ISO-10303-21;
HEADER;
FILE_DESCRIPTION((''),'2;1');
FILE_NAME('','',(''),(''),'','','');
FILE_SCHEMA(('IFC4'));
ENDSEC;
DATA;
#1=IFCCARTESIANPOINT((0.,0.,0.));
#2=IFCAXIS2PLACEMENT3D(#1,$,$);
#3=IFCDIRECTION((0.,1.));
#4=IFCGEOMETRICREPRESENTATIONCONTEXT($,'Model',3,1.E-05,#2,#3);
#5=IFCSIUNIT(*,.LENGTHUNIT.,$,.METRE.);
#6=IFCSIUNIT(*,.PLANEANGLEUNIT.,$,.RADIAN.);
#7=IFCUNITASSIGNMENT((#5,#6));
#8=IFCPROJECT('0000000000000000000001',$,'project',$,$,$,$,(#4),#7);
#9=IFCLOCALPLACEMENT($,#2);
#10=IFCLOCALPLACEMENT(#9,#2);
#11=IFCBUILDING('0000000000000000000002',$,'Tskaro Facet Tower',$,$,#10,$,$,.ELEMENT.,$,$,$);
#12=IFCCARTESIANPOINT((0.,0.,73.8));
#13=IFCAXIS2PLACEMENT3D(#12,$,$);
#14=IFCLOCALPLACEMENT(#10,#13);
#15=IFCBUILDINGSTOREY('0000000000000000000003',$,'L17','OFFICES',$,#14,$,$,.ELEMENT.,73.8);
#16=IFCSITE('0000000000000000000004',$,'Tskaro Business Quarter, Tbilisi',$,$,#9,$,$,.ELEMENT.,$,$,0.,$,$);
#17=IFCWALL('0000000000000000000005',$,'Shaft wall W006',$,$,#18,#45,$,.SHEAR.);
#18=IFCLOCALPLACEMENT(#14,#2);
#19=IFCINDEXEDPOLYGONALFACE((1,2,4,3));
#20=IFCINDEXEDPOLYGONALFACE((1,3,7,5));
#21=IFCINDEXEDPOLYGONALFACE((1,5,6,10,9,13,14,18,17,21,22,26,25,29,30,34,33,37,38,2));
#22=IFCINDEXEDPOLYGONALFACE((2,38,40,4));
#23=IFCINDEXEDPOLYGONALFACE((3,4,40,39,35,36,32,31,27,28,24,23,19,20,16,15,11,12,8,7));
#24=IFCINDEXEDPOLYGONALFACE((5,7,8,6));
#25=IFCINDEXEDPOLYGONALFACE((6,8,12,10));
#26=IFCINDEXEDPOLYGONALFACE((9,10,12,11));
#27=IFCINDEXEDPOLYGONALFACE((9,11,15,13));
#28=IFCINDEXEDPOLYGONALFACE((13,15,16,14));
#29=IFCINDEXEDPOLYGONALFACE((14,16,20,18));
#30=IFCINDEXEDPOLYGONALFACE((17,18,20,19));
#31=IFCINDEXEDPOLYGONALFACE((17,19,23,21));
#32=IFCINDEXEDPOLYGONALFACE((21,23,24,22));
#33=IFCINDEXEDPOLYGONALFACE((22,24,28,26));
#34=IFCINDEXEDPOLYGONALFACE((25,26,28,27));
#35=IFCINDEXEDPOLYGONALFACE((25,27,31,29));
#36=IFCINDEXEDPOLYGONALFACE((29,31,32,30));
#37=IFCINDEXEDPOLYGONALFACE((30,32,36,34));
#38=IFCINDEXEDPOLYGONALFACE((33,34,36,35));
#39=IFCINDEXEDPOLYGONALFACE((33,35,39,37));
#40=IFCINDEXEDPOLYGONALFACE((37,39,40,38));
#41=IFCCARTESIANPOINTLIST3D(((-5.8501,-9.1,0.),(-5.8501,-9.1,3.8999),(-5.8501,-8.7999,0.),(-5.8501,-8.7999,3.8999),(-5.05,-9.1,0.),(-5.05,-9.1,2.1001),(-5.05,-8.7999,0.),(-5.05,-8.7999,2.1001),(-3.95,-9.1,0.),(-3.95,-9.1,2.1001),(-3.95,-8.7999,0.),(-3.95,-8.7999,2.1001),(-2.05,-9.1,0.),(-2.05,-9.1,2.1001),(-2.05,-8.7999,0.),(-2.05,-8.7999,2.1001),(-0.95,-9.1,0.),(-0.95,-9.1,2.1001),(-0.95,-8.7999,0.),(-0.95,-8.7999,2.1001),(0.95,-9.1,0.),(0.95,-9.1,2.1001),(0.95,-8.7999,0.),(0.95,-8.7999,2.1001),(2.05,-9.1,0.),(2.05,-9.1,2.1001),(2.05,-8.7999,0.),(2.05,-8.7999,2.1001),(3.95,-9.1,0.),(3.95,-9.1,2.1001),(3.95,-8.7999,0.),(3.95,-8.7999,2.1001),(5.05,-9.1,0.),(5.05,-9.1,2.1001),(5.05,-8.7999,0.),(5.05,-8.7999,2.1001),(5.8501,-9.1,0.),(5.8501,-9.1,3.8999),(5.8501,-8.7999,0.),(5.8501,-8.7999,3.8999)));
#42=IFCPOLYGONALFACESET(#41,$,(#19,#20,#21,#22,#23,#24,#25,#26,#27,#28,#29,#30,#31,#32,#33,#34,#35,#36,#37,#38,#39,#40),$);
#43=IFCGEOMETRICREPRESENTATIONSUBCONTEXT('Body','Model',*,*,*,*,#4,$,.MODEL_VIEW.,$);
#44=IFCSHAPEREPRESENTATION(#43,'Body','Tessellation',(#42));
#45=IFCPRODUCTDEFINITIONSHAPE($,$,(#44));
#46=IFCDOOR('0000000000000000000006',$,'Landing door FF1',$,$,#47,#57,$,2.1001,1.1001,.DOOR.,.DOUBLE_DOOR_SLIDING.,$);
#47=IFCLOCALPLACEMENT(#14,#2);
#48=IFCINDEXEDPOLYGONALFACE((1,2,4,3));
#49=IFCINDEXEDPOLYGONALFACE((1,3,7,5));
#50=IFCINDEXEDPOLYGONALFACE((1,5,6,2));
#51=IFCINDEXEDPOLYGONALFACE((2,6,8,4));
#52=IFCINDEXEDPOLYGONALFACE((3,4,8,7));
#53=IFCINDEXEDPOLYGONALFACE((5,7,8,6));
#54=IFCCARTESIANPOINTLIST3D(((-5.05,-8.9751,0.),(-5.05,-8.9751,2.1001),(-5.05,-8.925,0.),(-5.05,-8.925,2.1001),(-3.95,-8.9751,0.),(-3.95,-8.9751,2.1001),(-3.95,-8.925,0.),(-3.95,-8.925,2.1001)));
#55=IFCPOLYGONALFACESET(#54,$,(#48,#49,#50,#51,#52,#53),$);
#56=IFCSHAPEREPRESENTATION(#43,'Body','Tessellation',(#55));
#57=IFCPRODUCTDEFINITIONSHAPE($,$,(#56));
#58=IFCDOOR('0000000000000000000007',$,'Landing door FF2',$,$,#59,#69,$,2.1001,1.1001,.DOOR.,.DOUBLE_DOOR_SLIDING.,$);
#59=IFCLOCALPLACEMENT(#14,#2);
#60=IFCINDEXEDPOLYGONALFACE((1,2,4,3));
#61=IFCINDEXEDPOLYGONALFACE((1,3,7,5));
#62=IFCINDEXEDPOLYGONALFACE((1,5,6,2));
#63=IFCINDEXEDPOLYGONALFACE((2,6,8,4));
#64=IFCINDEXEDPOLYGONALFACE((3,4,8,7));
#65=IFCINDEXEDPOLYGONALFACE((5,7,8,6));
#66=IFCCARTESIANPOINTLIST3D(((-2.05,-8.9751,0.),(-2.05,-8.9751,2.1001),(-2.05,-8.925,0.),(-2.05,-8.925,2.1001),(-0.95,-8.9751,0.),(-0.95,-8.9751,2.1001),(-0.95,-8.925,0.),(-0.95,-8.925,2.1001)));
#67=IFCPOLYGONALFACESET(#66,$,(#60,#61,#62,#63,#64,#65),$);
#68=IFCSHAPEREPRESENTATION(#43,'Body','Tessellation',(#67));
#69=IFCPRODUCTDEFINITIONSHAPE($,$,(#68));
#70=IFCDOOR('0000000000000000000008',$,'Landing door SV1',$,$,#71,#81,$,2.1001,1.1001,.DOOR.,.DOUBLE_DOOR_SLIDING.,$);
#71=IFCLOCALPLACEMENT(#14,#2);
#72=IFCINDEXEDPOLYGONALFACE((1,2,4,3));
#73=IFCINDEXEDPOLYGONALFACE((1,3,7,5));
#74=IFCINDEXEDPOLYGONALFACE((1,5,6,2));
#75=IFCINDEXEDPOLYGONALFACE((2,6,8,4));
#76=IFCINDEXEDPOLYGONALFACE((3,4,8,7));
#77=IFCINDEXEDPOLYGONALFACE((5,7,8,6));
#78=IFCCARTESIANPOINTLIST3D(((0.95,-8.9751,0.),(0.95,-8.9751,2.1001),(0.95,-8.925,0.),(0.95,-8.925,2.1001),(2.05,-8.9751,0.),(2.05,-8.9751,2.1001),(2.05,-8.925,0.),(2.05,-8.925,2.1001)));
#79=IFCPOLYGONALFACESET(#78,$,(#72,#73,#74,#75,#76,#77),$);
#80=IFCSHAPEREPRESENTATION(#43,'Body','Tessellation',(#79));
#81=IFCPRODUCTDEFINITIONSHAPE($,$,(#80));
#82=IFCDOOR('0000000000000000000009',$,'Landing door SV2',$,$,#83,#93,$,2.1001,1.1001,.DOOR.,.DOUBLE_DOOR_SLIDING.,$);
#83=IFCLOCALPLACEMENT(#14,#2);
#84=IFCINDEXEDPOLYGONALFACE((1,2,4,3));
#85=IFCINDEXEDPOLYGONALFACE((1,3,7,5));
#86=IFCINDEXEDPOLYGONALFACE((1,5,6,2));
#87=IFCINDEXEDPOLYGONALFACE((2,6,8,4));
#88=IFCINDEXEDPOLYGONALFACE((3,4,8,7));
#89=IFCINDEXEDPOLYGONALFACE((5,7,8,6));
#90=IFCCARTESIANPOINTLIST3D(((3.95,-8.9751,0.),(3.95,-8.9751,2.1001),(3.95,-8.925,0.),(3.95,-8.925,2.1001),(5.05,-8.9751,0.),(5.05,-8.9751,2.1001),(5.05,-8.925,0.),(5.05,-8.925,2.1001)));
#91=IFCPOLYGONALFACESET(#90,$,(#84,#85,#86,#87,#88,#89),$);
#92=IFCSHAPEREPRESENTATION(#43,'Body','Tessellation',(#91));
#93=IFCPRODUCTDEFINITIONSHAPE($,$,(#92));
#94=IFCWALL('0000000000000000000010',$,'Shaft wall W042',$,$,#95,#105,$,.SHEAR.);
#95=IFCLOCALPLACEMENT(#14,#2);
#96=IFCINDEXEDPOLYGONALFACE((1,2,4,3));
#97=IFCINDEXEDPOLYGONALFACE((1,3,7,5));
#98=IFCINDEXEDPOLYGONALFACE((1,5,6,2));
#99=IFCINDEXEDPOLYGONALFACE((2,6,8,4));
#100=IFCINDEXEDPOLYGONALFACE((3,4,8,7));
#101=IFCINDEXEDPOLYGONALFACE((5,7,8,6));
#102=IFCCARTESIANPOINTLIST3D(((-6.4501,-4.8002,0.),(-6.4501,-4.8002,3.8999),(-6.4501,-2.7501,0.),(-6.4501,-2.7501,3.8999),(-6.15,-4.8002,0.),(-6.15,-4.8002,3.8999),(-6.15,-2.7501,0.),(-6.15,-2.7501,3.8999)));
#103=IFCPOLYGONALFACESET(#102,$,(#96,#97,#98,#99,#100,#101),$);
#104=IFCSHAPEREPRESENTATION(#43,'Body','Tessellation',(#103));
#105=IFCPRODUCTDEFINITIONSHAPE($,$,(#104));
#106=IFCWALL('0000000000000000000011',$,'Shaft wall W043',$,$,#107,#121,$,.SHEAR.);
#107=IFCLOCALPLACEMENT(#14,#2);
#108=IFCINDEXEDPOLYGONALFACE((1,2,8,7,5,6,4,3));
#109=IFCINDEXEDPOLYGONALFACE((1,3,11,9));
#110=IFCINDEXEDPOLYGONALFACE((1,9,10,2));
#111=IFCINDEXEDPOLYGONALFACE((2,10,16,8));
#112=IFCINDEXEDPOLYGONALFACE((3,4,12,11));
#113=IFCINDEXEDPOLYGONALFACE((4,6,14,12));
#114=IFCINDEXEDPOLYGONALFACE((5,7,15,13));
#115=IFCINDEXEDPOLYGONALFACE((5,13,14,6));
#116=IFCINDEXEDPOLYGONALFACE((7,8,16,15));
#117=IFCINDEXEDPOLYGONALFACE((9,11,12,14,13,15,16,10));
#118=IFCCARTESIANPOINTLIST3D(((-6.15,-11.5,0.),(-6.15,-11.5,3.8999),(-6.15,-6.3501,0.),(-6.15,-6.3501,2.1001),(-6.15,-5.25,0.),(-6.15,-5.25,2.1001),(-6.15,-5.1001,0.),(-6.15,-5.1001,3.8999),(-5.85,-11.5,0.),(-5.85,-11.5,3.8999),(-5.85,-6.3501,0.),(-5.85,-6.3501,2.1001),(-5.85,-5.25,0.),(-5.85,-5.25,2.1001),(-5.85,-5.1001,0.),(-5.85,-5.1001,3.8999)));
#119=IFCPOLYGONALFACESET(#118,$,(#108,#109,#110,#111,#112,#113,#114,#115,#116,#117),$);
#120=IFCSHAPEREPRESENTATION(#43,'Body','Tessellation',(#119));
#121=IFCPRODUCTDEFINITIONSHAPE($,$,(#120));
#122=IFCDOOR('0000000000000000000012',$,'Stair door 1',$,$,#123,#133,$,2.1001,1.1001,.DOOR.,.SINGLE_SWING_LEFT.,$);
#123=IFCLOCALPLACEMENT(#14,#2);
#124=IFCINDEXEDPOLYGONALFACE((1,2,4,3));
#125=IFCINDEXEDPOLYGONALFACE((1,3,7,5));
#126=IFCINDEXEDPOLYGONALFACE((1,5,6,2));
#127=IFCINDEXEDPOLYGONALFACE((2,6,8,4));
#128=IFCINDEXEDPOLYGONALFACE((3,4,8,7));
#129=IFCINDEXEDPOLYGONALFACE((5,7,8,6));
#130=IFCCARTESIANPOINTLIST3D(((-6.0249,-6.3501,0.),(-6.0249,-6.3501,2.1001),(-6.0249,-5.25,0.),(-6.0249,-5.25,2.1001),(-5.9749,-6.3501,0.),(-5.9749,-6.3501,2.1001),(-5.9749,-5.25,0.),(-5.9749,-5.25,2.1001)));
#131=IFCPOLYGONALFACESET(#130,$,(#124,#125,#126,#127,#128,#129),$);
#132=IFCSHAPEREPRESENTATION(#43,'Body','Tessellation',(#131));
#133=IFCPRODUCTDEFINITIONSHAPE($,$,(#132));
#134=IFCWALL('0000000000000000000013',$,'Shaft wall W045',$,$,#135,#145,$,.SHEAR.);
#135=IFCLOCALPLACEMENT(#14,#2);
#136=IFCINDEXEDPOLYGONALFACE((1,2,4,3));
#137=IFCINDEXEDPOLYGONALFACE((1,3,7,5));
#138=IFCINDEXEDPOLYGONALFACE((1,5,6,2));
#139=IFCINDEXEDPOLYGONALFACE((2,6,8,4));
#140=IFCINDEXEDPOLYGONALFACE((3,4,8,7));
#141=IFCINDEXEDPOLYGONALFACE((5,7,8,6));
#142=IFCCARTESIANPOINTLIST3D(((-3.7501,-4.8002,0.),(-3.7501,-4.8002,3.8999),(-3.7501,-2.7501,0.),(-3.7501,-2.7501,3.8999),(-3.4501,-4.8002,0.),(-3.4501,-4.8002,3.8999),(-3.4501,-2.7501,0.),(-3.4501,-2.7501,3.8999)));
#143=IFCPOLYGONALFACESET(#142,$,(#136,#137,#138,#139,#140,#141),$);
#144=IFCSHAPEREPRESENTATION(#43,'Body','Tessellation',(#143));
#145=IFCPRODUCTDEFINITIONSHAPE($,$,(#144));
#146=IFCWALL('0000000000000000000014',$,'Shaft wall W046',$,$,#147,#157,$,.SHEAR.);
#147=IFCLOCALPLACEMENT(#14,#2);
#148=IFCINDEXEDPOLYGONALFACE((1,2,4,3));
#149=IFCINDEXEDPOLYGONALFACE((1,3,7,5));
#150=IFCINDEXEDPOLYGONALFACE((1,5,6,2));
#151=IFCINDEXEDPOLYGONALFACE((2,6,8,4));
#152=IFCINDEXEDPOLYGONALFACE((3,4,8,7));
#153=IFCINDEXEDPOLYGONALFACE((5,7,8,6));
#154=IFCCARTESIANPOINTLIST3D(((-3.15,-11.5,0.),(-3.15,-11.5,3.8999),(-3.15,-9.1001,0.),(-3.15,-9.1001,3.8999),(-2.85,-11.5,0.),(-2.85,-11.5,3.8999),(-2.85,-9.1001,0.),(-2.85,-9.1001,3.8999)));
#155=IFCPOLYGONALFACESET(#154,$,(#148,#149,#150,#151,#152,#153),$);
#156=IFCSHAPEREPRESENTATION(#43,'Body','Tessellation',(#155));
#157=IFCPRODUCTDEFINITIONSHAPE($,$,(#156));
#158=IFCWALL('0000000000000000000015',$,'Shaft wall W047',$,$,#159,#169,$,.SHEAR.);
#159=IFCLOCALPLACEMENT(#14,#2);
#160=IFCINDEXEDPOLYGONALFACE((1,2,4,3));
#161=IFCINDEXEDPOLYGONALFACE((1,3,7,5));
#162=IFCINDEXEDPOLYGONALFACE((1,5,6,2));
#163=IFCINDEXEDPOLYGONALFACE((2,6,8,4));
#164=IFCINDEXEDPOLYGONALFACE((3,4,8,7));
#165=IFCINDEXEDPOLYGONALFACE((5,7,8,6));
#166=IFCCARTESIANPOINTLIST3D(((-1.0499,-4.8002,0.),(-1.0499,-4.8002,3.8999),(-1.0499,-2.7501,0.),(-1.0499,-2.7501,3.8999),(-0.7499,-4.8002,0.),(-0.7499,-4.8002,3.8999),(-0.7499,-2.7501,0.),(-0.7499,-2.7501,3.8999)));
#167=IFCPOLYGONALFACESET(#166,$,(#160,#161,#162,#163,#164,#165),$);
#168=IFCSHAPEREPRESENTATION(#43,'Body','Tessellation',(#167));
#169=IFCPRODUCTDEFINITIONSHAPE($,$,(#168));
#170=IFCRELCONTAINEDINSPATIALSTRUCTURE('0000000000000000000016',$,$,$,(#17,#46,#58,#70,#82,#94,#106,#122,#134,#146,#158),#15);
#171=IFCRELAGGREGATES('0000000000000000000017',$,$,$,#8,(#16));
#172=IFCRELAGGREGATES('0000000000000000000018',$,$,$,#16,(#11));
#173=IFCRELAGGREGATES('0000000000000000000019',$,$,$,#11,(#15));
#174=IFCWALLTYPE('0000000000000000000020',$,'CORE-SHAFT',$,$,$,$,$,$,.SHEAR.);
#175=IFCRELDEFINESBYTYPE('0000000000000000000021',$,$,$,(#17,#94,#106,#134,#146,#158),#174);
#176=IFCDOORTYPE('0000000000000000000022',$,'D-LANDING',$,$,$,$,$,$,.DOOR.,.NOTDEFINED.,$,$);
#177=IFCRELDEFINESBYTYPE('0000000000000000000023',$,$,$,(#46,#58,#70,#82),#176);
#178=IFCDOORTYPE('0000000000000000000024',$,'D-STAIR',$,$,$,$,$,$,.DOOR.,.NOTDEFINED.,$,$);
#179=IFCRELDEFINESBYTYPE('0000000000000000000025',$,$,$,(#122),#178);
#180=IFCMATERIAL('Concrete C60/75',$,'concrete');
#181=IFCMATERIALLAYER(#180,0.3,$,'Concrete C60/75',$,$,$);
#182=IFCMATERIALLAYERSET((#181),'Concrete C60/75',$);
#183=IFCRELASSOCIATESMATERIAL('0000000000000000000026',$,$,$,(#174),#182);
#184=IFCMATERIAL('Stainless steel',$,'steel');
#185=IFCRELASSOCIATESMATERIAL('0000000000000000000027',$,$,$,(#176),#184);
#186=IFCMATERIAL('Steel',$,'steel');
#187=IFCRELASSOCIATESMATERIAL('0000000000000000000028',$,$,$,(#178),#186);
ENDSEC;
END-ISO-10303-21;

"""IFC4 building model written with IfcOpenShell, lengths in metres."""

from ifc_helpers import new_model, si_unit, direction, frame, frame_2d, origin, place, context, subcontext, project, spatial, rectangle, extrude, material, layer, layer_set, type_object, element, fill, save


model = new_model("IFC4")

# Units and contexts
model_context = context("Model", 3, precision=1e-05, world=origin(), true_north=direction((0.0, 1.0)))
body_context = subcontext(model_context, "Body", "Model", "MODEL_VIEW")
ifc_project = project(units=[si_unit("LENGTHUNIT", "METRE"), si_unit("PLANEANGLEUNIT", "RADIAN")], contexts=[model_context])

# Site, building, storey
site_placement = place(None, origin())
site = spatial("IfcSite", under=ifc_project, at=site_placement, Name="Tskaro Business Quarter, Tbilisi", CompositionType="ELEMENT", RefElevation=0.0)
building_placement = place(site_placement, origin())
building = spatial("IfcBuilding", under=site, at=building_placement, Name="Tskaro Facet Tower", CompositionType="ELEMENT")
storey_placement = place(building_placement, frame((0.0, 0.0, 73.8)))
storey = spatial("IfcBuildingStorey", under=building, at=storey_placement, Name="L17", Description="OFFICES", CompositionType="ELEMENT", Elevation=73.8)

# Wall, openings, doors
ifc_material_1 = material(Name="Concrete C60/75", Category="concrete")
ifc_layer = layer(ifc_material_1, 0.3, Name="Concrete C60/75")
ifc_layer_set = layer_set([ifc_layer], Name="Concrete C60/75")
wall_type = type_object("IfcWallType", Name="CORE-SHAFT", PredefinedType="SHEAR", material=ifc_layer_set)
wall_1_placement = place(storey_placement, frame((-5.8501, -8.95, 0.0), z_axis=(0.0, 0.0, 1.0), x_axis=(1.0, 0.0, 0.0)))
wall_1 = element("IfcWall", 1, at=wall_1_placement, inside=storey, type_object=wall_type, Name="Shaft wall W006", PredefinedType="SHEAR", context=body_context, shape_type="SweptSolid", body=[
    extrude(rectangle(XDim=11.7002, YDim=0.3, at=frame_2d((5.8501, 0.0))), origin(), (0.0, 0.0, 1.0), 3.8999),
])
opening_1_placement = place(wall_1_placement, frame((0.8, 0.0, 0.0)))
opening_1 = element("IfcOpeningElement", 2, at=opening_1_placement, cuts=wall_1, PredefinedType="OPENING", context=body_context, shape_type="SweptSolid", body=[
    extrude(rectangle(XDim=1.1001, YDim=2.1001, at=frame_2d((0.55, 1.05))), frame((0.0, 0.1599, 0.0), z_axis=(0.0, -1.0, 0.0), x_axis=(1.0, 0.0, 0.0)), (0.0, 0.0, 1.0), 0.3201),
])
opening_2_placement = place(wall_1_placement, frame((3.8, 0.0, 0.0)))
opening_2 = element("IfcOpeningElement", 3, at=opening_2_placement, cuts=wall_1, PredefinedType="OPENING", context=body_context, shape_type="SweptSolid", body=[
    extrude(rectangle(XDim=1.1001, YDim=2.1001, at=frame_2d((0.55, 1.05))), frame((0.0, 0.1599, 0.0), z_axis=(0.0, -1.0, 0.0), x_axis=(1.0, 0.0, 0.0)), (0.0, 0.0, 1.0), 0.3201),
])
opening_3_placement = place(wall_1_placement, frame((6.8, 0.0, 0.0)))
opening_3 = element("IfcOpeningElement", 4, at=opening_3_placement, cuts=wall_1, PredefinedType="OPENING", context=body_context, shape_type="SweptSolid", body=[
    extrude(rectangle(XDim=1.1001, YDim=2.1001, at=frame_2d((0.55, 1.05))), frame((0.0, 0.1599, 0.0), z_axis=(0.0, -1.0, 0.0), x_axis=(1.0, 0.0, 0.0)), (0.0, 0.0, 1.0), 0.3201),
])
opening_4_placement = place(wall_1_placement, frame((9.8, 0.0, 0.0)))
opening_4 = element("IfcOpeningElement", 5, at=opening_4_placement, cuts=wall_1, PredefinedType="OPENING", context=body_context, shape_type="SweptSolid", body=[
    extrude(rectangle(XDim=1.1001, YDim=2.1001, at=frame_2d((0.55, 1.05))), frame((0.0, 0.1599, 0.0), z_axis=(0.0, -1.0, 0.0), x_axis=(1.0, 0.0, 0.0)), (0.0, 0.0, 1.0), 0.3201),
])
ifc_material_2 = material(Name="Stainless steel", Category="steel")
door_type_1 = type_object("IfcDoorType", Name="D-LANDING", OperationType="NOTDEFINED", PredefinedType="DOOR", material=ifc_material_2)
door_1_placement = place(opening_1_placement, origin())
door_1 = element("IfcDoor", 6, at=door_1_placement, inside=storey, type_object=door_type_1, Name="Landing door FF1", OperationType="DOUBLE_DOOR_SLIDING", OverallHeight=2.1001, OverallWidth=1.1001, PredefinedType="DOOR", context=body_context, shape_type="SweptSolid", body=[
    extrude(rectangle(XDim=1.1001, YDim=2.1001, at=frame_2d((0.55, 1.05))), frame((0.0, 0.0249, 0.0), z_axis=(0.0, -1.0, 0.0), x_axis=(1.0, 0.0, 0.0)), (0.0, 0.0, 1.0), 0.05),
])
fill(opening_1, door_1)
door_2_placement = place(opening_2_placement, origin())
door_2 = element("IfcDoor", 7, at=door_2_placement, inside=storey, type_object=door_type_1, Name="Landing door FF2", OperationType="DOUBLE_DOOR_SLIDING", OverallHeight=2.1001, OverallWidth=1.1001, PredefinedType="DOOR", context=body_context, shape_type="SweptSolid", body=[
    extrude(rectangle(XDim=1.1001, YDim=2.1001, at=frame_2d((0.55, 1.05))), frame((0.0, 0.0249, 0.0), z_axis=(0.0, -1.0, 0.0), x_axis=(1.0, 0.0, 0.0)), (0.0, 0.0, 1.0), 0.05),
])
fill(opening_2, door_2)
door_3_placement = place(opening_3_placement, origin())
door_3 = element("IfcDoor", 8, at=door_3_placement, inside=storey, type_object=door_type_1, Name="Landing door SV1", OperationType="DOUBLE_DOOR_SLIDING", OverallHeight=2.1001, OverallWidth=1.1001, PredefinedType="DOOR", context=body_context, shape_type="SweptSolid", body=[
    extrude(rectangle(XDim=1.1001, YDim=2.1001, at=frame_2d((0.55, 1.05))), frame((0.0, 0.0249, 0.0), z_axis=(0.0, -1.0, 0.0), x_axis=(1.0, 0.0, 0.0)), (0.0, 0.0, 1.0), 0.05),
])
fill(opening_3, door_3)
door_4_placement = place(opening_4_placement, origin())
door_4 = element("IfcDoor", 9, at=door_4_placement, inside=storey, type_object=door_type_1, Name="Landing door SV2", OperationType="DOUBLE_DOOR_SLIDING", OverallHeight=2.1001, OverallWidth=1.1001, PredefinedType="DOOR", context=body_context, shape_type="SweptSolid", body=[
    extrude(rectangle(XDim=1.1001, YDim=2.1001, at=frame_2d((0.55, 1.05))), frame((0.0, 0.0249, 0.0), z_axis=(0.0, -1.0, 0.0), x_axis=(1.0, 0.0, 0.0)), (0.0, 0.0, 1.0), 0.05),
])
fill(opening_4, door_4)

# Wall
wall_2_placement = place(storey_placement, frame((-6.3, -4.8, 0.0), z_axis=(0.0, 0.0, 1.0), x_axis=(0.0, 1.0, 0.0)))
element("IfcWall", 10, at=wall_2_placement, inside=storey, type_object=wall_type, Name="Shaft wall W042", PredefinedType="SHEAR", context=body_context, shape_type="SweptSolid", body=[
    extrude(rectangle(XDim=2.05, YDim=0.3, at=frame_2d((1.0249, 0.0))), origin(), (0.0, 0.0, 1.0), 3.8999),
])

# Wall, opening, door
wall_3_placement = place(storey_placement, frame((-6.0, -11.5, 0.0), z_axis=(0.0, 0.0, 1.0), x_axis=(0.0, 1.0, 0.0)))
wall_3 = element("IfcWall", 11, at=wall_3_placement, inside=storey, type_object=wall_type, Name="Shaft wall W043", PredefinedType="SHEAR", context=body_context, shape_type="SweptSolid", body=[
    extrude(rectangle(XDim=6.3999, YDim=0.3, at=frame_2d((3.2, 0.0))), origin(), (0.0, 0.0, 1.0), 3.8999),
])
opening_5_placement = place(wall_3_placement, frame((5.1499, 0.0, 0.0)))
opening_5 = element("IfcOpeningElement", 12, at=opening_5_placement, cuts=wall_3, PredefinedType="OPENING", context=body_context, shape_type="SweptSolid", body=[
    extrude(rectangle(XDim=1.1001, YDim=2.1001, at=frame_2d((0.55, 1.05))), frame((0.0, 0.1599, 0.0), z_axis=(0.0, -1.0, 0.0), x_axis=(1.0, 0.0, 0.0)), (0.0, 0.0, 1.0), 0.3201),
])
ifc_material_3 = material(Name="Steel", Category="steel")
door_type_2 = type_object("IfcDoorType", Name="D-STAIR", OperationType="NOTDEFINED", PredefinedType="DOOR", material=ifc_material_3)
door_5_placement = place(opening_5_placement, origin())
door_5 = element("IfcDoor", 13, at=door_5_placement, inside=storey, type_object=door_type_2, Name="Stair door 1", OperationType="SINGLE_SWING_LEFT", OverallHeight=2.1001, OverallWidth=1.1001, PredefinedType="DOOR", context=body_context, shape_type="SweptSolid", body=[
    extrude(rectangle(XDim=1.1001, YDim=2.1001, at=frame_2d((0.55, 1.05))), frame((0.0, 0.0249, 0.0), z_axis=(0.0, -1.0, 0.0), x_axis=(1.0, 0.0, 0.0)), (0.0, 0.0, 1.0), 0.05),
])
fill(opening_5, door_5)

# Walls
wall_4_placement = place(storey_placement, frame((-3.6001, -4.8, 0.0), z_axis=(0.0, 0.0, 1.0), x_axis=(0.0, 1.0, 0.0)))
element("IfcWall", 14, at=wall_4_placement, inside=storey, type_object=wall_type, Name="Shaft wall W045", PredefinedType="SHEAR", context=body_context, shape_type="SweptSolid", body=[
    extrude(rectangle(XDim=2.05, YDim=0.3, at=frame_2d((1.0249, 0.0))), origin(), (0.0, 0.0, 1.0), 3.8999),
])
wall_5_placement = place(storey_placement, frame((-3.0, -11.5, 0.0), z_axis=(0.0, 0.0, 1.0), x_axis=(0.0, 1.0, 0.0)))
element("IfcWall", 15, at=wall_5_placement, inside=storey, type_object=wall_type, Name="Shaft wall W046", PredefinedType="SHEAR", context=body_context, shape_type="SweptSolid", body=[
    extrude(rectangle(XDim=2.3999, YDim=0.3, at=frame_2d((1.2, 0.0))), origin(), (0.0, 0.0, 1.0), 3.8999),
])
wall_6_placement = place(storey_placement, frame((-0.8999, -4.8, 0.0), z_axis=(0.0, 0.0, 1.0), x_axis=(0.0, 1.0, 0.0)))
element("IfcWall", 16, at=wall_6_placement, inside=storey, type_object=wall_type, Name="Shaft wall W047", PredefinedType="SHEAR", context=body_context, shape_type="SweptSolid", body=[
    extrude(rectangle(XDim=2.05, YDim=0.3, at=frame_2d((1.0249, 0.0))), origin(), (0.0, 0.0, 1.0), 3.8999),
])

save(model, "model.ifc")
